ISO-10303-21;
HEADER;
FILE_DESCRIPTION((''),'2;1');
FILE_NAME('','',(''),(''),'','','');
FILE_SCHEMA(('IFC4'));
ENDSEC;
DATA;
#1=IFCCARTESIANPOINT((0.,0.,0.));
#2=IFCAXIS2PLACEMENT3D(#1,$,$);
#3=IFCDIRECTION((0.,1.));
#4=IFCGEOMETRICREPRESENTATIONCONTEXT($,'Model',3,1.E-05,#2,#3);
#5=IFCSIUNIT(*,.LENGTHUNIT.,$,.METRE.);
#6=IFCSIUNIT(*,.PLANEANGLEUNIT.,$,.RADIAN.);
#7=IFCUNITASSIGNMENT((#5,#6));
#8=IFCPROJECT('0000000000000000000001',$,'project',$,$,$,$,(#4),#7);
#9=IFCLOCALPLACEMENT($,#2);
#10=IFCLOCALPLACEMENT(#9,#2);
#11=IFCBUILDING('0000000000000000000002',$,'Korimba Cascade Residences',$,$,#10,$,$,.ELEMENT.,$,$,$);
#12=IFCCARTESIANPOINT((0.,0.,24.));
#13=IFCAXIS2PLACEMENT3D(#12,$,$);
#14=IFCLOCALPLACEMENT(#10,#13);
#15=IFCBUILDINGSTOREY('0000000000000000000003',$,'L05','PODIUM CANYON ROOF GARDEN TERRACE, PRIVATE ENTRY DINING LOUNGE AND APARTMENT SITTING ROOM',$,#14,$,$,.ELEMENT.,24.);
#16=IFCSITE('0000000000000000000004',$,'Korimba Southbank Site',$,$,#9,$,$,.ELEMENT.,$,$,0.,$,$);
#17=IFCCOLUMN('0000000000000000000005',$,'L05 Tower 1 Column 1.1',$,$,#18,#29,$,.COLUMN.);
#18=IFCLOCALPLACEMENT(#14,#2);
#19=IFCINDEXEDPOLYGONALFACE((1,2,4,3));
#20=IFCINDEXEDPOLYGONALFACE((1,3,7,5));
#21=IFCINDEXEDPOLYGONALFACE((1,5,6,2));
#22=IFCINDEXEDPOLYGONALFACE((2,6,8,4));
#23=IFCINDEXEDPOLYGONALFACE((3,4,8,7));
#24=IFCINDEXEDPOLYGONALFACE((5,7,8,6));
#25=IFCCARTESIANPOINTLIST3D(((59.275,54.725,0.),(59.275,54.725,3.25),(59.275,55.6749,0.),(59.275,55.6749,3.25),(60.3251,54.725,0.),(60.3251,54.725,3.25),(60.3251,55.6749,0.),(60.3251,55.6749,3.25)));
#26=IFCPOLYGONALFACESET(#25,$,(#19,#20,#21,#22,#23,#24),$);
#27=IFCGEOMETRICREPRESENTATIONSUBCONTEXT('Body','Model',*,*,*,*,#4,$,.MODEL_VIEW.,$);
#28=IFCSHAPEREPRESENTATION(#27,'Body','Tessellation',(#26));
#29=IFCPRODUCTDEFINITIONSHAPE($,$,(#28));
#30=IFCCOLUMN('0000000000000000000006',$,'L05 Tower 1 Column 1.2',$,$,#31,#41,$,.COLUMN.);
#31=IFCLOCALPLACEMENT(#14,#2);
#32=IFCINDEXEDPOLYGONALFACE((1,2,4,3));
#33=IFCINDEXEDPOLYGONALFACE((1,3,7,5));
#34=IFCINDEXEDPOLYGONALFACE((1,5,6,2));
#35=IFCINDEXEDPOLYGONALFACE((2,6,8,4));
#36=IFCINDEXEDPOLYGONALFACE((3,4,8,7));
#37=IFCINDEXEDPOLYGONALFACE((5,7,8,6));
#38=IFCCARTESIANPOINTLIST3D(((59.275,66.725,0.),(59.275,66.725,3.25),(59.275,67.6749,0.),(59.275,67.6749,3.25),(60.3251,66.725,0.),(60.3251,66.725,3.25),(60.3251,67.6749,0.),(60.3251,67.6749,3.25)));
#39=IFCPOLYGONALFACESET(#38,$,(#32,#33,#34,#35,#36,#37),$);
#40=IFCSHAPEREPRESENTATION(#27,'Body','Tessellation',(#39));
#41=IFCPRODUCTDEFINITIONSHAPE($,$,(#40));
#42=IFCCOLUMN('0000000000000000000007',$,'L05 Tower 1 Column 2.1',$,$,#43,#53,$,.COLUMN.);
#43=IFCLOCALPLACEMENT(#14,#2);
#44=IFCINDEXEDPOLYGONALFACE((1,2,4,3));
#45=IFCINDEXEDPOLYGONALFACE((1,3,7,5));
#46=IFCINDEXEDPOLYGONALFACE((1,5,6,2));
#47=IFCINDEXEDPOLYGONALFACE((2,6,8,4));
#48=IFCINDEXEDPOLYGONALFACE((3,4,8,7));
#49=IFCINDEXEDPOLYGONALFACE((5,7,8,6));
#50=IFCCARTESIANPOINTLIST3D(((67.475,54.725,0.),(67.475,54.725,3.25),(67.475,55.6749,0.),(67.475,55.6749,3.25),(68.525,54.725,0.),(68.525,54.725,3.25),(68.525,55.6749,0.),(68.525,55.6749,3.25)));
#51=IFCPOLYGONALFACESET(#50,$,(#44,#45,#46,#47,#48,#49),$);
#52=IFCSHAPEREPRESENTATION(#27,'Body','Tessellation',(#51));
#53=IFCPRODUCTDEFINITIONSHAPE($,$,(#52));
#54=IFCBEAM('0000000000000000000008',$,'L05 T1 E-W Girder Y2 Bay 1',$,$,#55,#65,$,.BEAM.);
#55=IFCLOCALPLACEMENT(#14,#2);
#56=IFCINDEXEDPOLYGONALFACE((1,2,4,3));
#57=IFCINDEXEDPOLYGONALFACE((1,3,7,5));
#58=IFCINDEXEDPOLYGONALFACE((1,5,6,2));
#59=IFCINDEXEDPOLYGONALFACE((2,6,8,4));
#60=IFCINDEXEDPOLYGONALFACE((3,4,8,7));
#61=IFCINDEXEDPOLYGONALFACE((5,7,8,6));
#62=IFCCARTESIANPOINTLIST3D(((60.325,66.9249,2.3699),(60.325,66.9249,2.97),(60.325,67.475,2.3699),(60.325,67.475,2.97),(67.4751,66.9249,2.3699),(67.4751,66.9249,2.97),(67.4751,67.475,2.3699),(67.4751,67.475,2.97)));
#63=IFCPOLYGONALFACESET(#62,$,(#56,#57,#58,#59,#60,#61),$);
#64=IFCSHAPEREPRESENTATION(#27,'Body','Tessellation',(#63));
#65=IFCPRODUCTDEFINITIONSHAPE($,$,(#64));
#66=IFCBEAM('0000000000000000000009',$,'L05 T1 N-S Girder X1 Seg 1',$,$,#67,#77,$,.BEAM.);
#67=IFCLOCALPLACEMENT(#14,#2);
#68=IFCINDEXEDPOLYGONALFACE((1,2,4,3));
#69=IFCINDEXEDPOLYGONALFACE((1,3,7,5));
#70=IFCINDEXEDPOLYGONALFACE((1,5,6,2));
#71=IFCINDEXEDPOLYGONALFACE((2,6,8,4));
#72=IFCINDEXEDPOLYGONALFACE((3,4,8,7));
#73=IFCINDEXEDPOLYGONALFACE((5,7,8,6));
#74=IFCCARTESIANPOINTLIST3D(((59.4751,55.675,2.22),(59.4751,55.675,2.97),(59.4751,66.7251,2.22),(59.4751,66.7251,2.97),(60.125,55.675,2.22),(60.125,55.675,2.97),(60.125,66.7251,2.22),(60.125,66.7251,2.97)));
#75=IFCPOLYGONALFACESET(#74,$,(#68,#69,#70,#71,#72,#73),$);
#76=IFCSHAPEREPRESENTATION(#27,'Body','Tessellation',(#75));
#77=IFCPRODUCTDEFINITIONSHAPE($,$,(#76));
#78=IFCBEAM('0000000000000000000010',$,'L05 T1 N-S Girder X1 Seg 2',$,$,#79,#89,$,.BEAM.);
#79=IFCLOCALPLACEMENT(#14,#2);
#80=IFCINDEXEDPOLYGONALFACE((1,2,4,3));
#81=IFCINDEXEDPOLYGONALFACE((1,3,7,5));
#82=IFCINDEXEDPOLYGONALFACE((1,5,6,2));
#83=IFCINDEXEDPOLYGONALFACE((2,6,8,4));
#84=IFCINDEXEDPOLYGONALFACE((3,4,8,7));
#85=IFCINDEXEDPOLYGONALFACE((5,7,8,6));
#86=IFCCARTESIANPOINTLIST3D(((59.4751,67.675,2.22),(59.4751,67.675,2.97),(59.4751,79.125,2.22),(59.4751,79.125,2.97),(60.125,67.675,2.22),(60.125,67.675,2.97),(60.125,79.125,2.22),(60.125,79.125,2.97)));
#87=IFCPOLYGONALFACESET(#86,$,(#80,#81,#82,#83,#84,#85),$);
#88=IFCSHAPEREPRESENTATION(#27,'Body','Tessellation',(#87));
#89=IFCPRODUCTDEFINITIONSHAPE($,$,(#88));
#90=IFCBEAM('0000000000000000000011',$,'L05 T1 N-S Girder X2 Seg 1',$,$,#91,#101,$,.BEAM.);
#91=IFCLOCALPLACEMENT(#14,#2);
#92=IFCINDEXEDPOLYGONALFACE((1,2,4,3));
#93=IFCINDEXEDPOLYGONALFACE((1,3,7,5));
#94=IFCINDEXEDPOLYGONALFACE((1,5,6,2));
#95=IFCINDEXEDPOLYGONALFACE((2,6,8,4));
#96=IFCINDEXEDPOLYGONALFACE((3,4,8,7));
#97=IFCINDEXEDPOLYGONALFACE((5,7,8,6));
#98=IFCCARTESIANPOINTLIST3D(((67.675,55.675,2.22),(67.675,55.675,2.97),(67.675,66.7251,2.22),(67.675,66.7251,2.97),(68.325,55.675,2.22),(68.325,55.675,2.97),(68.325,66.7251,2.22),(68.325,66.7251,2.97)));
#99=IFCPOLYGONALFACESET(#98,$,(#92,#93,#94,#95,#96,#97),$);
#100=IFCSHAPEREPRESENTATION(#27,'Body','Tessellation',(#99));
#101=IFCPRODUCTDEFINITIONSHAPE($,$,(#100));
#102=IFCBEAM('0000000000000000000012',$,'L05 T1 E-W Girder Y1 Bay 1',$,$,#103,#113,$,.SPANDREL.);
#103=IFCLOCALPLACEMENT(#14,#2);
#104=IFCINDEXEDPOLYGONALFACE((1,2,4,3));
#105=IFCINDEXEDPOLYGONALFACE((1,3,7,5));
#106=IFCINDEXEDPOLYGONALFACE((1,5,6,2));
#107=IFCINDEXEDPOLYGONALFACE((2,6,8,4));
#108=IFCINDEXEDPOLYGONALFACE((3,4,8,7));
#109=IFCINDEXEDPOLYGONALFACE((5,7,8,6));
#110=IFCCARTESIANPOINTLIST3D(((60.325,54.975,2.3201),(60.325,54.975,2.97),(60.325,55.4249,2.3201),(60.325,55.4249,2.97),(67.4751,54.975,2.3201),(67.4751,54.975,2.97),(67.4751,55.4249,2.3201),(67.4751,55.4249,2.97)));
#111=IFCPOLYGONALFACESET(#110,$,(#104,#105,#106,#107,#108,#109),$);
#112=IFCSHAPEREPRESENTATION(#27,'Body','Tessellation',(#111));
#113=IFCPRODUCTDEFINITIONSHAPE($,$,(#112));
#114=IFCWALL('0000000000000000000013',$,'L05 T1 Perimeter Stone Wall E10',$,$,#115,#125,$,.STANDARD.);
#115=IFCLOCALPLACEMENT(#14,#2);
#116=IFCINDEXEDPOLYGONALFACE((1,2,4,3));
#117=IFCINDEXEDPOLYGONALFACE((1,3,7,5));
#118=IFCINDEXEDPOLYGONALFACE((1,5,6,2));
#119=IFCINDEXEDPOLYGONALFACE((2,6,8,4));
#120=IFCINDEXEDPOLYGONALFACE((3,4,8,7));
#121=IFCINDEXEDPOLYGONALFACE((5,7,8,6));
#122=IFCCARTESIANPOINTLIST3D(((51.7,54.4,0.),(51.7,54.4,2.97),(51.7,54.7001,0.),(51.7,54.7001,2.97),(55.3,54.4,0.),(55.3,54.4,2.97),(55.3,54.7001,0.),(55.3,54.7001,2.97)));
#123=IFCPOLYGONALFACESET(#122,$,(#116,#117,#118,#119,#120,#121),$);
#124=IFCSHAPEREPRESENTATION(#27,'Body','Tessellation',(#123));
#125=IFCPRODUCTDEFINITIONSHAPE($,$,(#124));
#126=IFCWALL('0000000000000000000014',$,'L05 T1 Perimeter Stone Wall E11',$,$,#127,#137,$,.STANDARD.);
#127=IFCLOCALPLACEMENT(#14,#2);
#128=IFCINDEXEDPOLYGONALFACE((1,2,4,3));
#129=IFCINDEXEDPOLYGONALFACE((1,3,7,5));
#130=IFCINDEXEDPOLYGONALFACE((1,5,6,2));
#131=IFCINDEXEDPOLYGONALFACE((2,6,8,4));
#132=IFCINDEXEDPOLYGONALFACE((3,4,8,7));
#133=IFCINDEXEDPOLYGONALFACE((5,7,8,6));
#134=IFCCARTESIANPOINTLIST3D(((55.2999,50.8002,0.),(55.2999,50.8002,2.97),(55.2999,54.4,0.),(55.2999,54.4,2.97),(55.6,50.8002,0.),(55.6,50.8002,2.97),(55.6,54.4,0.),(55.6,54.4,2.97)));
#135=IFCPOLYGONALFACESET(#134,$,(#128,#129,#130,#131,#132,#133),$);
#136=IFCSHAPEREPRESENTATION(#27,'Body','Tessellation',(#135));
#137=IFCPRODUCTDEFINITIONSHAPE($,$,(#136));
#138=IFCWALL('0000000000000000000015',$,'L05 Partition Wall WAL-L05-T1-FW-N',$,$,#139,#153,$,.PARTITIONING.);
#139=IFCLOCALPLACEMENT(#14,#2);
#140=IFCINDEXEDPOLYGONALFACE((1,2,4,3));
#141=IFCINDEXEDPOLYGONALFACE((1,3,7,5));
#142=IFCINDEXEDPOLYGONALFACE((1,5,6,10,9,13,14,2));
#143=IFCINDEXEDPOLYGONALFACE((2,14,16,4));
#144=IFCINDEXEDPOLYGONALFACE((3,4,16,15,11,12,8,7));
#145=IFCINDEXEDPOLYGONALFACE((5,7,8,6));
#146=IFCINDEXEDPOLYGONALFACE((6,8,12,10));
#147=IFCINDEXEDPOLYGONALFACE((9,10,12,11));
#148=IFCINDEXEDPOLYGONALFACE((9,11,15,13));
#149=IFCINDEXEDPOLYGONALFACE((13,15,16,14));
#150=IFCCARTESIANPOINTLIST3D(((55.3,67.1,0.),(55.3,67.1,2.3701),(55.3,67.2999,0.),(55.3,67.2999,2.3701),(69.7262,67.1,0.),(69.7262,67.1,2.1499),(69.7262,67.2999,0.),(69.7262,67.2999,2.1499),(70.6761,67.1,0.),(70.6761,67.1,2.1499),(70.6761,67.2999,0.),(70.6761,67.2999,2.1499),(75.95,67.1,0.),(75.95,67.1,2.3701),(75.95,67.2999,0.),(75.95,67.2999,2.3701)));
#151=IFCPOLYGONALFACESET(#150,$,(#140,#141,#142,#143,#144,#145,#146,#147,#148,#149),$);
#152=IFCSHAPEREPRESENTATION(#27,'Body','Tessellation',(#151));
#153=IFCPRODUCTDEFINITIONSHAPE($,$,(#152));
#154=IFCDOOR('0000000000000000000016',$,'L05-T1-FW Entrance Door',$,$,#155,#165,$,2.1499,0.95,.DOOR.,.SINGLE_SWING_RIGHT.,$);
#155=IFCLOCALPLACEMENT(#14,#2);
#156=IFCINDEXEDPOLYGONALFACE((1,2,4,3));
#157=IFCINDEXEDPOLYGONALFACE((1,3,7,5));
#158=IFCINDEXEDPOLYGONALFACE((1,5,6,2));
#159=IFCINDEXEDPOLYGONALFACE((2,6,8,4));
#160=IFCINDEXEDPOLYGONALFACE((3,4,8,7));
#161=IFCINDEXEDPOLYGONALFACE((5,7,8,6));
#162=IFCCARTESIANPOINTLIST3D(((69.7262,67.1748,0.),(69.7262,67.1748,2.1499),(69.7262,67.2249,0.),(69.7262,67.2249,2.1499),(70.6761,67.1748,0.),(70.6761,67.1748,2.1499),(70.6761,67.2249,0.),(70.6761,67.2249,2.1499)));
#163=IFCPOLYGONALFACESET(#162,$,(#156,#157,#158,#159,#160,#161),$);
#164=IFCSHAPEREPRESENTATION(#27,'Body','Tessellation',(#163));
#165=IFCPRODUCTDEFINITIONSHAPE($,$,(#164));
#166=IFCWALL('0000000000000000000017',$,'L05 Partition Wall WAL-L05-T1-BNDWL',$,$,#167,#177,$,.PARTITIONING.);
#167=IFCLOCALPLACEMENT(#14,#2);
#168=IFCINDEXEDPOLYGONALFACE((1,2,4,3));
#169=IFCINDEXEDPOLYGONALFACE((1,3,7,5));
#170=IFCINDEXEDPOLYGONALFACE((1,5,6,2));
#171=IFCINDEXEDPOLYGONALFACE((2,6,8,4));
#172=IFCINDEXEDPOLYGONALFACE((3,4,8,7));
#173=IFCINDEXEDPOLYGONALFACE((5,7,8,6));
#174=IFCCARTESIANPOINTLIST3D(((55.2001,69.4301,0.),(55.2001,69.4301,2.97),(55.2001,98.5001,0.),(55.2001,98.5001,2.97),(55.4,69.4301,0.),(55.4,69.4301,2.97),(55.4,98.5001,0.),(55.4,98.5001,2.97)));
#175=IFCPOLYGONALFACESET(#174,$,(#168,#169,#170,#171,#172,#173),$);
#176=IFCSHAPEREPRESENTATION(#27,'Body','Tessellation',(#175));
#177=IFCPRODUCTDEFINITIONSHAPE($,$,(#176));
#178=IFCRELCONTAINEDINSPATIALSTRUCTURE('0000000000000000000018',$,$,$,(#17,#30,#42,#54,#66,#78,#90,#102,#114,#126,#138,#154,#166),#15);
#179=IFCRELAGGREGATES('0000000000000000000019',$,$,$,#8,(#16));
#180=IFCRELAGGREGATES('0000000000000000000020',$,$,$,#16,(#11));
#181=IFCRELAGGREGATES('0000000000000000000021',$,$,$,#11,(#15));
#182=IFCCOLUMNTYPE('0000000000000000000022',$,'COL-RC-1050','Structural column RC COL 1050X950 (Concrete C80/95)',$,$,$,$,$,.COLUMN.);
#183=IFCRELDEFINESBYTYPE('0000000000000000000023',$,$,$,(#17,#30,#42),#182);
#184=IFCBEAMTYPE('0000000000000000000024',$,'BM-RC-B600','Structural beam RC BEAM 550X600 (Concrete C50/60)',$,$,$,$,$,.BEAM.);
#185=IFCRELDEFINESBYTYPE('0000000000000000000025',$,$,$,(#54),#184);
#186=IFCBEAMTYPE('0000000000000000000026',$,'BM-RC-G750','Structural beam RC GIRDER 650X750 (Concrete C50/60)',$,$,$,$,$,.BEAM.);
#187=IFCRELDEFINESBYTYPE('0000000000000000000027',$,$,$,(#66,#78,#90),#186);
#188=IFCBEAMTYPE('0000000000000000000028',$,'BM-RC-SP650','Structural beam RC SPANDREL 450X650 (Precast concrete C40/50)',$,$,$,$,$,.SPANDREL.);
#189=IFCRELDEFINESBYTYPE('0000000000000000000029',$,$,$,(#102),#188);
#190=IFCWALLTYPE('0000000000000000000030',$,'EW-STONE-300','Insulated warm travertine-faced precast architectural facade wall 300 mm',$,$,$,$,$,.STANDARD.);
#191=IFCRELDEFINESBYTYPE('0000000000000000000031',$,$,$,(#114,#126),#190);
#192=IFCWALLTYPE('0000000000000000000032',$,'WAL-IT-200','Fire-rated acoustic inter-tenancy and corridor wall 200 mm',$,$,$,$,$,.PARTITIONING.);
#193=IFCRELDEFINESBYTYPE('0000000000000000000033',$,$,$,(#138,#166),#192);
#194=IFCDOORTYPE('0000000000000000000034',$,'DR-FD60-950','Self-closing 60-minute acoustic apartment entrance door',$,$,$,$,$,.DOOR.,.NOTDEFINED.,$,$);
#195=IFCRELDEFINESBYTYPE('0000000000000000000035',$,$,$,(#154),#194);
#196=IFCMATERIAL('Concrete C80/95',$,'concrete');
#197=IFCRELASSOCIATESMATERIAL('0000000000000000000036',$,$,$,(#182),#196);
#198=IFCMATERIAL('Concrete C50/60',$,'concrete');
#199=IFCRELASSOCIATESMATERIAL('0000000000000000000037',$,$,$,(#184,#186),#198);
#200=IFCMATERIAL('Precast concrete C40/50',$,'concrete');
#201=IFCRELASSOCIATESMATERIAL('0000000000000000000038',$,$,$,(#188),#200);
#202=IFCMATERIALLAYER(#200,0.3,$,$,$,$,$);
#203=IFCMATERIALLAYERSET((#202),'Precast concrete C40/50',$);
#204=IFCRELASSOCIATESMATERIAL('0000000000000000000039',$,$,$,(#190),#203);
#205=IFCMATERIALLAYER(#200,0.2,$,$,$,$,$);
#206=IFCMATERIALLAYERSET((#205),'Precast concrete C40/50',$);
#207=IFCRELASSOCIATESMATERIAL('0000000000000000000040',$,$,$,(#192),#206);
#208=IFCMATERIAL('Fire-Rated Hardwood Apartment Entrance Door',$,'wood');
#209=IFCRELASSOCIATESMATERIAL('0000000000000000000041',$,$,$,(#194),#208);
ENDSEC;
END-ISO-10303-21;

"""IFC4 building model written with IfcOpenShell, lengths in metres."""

from ifc_helpers import new_model, si_unit, direction, frame, frame_2d, origin, origin_2d, place, context, subcontext, project, spatial, rectangle, extrude, material, layer, layer_set, material_profile, profile_set, type_object, element, fill, save


model = new_model("IFC4")

# Units and contexts
model_context = context("Model", 3, precision=1e-05, world=origin(), true_north=direction((0.0, 1.0)))
body_context = subcontext(model_context, "Body", "Model", "MODEL_VIEW")
ifc_project = project(units=[si_unit("LENGTHUNIT", "METRE"), si_unit("PLANEANGLEUNIT", "RADIAN")], contexts=[model_context])

# Site, building, storey
site_placement = place(None, origin())
site = spatial("IfcSite", under=ifc_project, at=site_placement, Name="Korimba Southbank Site", CompositionType="ELEMENT", RefElevation=0.0)
building_placement = place(site_placement, origin())
building = spatial("IfcBuilding", under=site, at=building_placement, Name="Korimba Cascade Residences", CompositionType="ELEMENT")
storey_placement = place(building_placement, frame((0.0, 0.0, 24.0)))
storey = spatial("IfcBuildingStorey", under=building, at=storey_placement, Name="L05", Description="PODIUM CANYON ROOF GARDEN TERRACE, PRIVATE ENTRY DINING LOUNGE AND APARTMENT SITTING ROOM", CompositionType="ELEMENT", Elevation=24.0)

# Columns
ifc_material_1 = material(Name="Concrete C80/95", Category="concrete")
ifc_material_profile_1 = material_profile(ifc_material_1, rectangle(XDim=1.05, YDim=0.95, at=origin_2d()), Name="Concrete C80/95")
ifc_profile_set_1 = profile_set([ifc_material_profile_1], Name="Concrete C80/95")
column_type = type_object("IfcColumnType", Name="COL-RC-1050", Description="Structural column RC COL 1050X950 (Concrete C80/95)", PredefinedType="COLUMN", material=ifc_profile_set_1)
for number, where, z_axis, x_axis, name in (
    (1, (59.8, 55.2, 0.0), (0.0, 0.0, 1.0), (1.0, 0.0, 0.0), "L05 Tower 1 Column 1.1"),
    (2, (59.8, 67.2, 0.0), (0.0, 0.0, 1.0), (1.0, 0.0, 0.0), "L05 Tower 1 Column 1.2"),
    (3, (68.0, 55.2, 0.0), (0.0, 0.0, 1.0), (1.0, 0.0, 0.0), "L05 Tower 1 Column 2.1"),
):
    element("IfcColumn", number, at=place(storey_placement, frame(where, z_axis=z_axis, x_axis=x_axis)), inside=storey, type_object=column_type, Name=name, PredefinedType="COLUMN", context=body_context, shape_type="SweptSolid", body=[
        extrude(rectangle(XDim=1.05, YDim=0.95, at=origin_2d()), origin(), (0.0, 0.0, 1.0), 3.25),
    ])

# Beams
ifc_material_2 = material(Name="Concrete C50/60", Category="concrete")
ifc_material_profile_2 = material_profile(ifc_material_2, rectangle(XDim=0.55, YDim=0.6001, at=origin_2d()), Name="Concrete C50/60")
ifc_profile_set_2 = profile_set([ifc_material_profile_2], Name="Concrete C50/60")
beam_type_1 = type_object("IfcBeamType", Name="BM-RC-B600", Description="Structural beam RC BEAM 550X600 (Concrete C50/60)", PredefinedType="BEAM", material=ifc_profile_set_2)
beam_1_placement = place(storey_placement, frame((60.325, 67.2, 2.6699), z_axis=(1.0, 0.0, 0.0), x_axis=(0.0, 1.0, 0.0)))
element("IfcBeam", 4, at=beam_1_placement, inside=storey, type_object=beam_type_1, Name="L05 T1 E-W Girder Y2 Bay 1", PredefinedType="BEAM", context=body_context, shape_type="SweptSolid", body=[
    extrude(rectangle(XDim=0.55, YDim=0.6001, at=origin_2d()), origin(), (0.0, 0.0, 1.0), 7.1501),
])
ifc_material_profile_3 = material_profile(ifc_material_2, rectangle(XDim=0.6499, YDim=0.75, at=origin_2d()), Name="Concrete C50/60")
ifc_profile_set_3 = profile_set([ifc_material_profile_3], Name="Concrete C50/60")
beam_type_2 = type_object("IfcBeamType", Name="BM-RC-G750", Description="Structural beam RC GIRDER 650X750 (Concrete C50/60)", PredefinedType="BEAM", material=ifc_profile_set_3)
beam_2_placement = place(storey_placement, frame((59.8, 55.675, 2.595), z_axis=(0.0, 1.0, 0.0), x_axis=(-1.0, 0.0, 0.0)))
element("IfcBeam", 5, at=beam_2_placement, inside=storey, type_object=beam_type_2, Name="L05 T1 N-S Girder X1 Seg 1", PredefinedType="BEAM", context=body_context, shape_type="SweptSolid", body=[
    extrude(rectangle(XDim=0.6499, YDim=0.75, at=origin_2d()), origin(), (0.0, 0.0, 1.0), 11.05),
])
beam_3_placement = place(storey_placement, frame((59.8, 67.675, 2.595), z_axis=(0.0, 1.0, 0.0), x_axis=(-1.0, 0.0, 0.0)))
element("IfcBeam", 6, at=beam_3_placement, inside=storey, type_object=beam_type_2, Name="L05 T1 N-S Girder X1 Seg 2", PredefinedType="BEAM", context=body_context, shape_type="SweptSolid", body=[
    extrude(rectangle(XDim=0.6499, YDim=0.75, at=origin_2d()), origin(), (0.0, 0.0, 1.0), 11.45),
])
beam_4_placement = place(storey_placement, frame((68.0, 55.675, 2.595), z_axis=(0.0, 1.0, 0.0), x_axis=(-1.0, 0.0, 0.0)))
element("IfcBeam", 7, at=beam_4_placement, inside=storey, type_object=beam_type_2, Name="L05 T1 N-S Girder X2 Seg 1", PredefinedType="BEAM", context=body_context, shape_type="SweptSolid", body=[
    extrude(rectangle(XDim=0.6499, YDim=0.75, at=origin_2d()), origin(), (0.0, 0.0, 1.0), 11.05),
])
ifc_material_3 = material(Name="Precast concrete C40/50", Category="concrete")
ifc_material_profile_4 = material_profile(ifc_material_3, rectangle(XDim=0.45, YDim=0.6499, at=origin_2d()), Name="Precast concrete C40/50")
ifc_profile_set_4 = profile_set([ifc_material_profile_4], Name="Precast concrete C40/50")
beam_type_3 = type_object("IfcBeamType", Name="BM-RC-SP650", Description="Structural beam RC SPANDREL 450X650 (Precast concrete C40/50)", PredefinedType="SPANDREL", material=ifc_profile_set_4)
beam_5_placement = place(storey_placement, frame((60.325, 55.2, 2.645), z_axis=(1.0, 0.0, 0.0), x_axis=(0.0, 1.0, 0.0)))
element("IfcBeam", 8, at=beam_5_placement, inside=storey, type_object=beam_type_3, Name="L05 T1 E-W Girder Y1 Bay 1", PredefinedType="SPANDREL", context=body_context, shape_type="SweptSolid", body=[
    extrude(rectangle(XDim=0.45, YDim=0.6499, at=origin_2d()), origin(), (0.0, 0.0, 1.0), 7.1501),
])

# Walls
ifc_layer_1 = layer(ifc_material_3, 0.3)
ifc_layer_set_1 = layer_set([ifc_layer_1], Name="Precast concrete C40/50")
wall_type_1 = type_object("IfcWallType", Name="EW-STONE-300", Description="Insulated warm travertine-faced precast architectural facade wall 300 mm", PredefinedType="STANDARD", material=ifc_layer_set_1)
wall_1_placement = place(storey_placement, frame((51.7, 54.55, 0.0), z_axis=(0.0, 0.0, 1.0), x_axis=(1.0, 0.0, 0.0)))
element("IfcWall", 9, at=wall_1_placement, inside=storey, type_object=wall_type_1, Name="L05 T1 Perimeter Stone Wall E10", PredefinedType="STANDARD", context=body_context, shape_type="SweptSolid", body=[
    extrude(rectangle(XDim=3.6001, YDim=0.3, at=frame_2d((1.8, 0.0))), origin(), (0.0, 0.0, 1.0), 2.97),
])
wall_2_placement = place(storey_placement, frame((55.45, 54.3999, 0.0), z_axis=(0.0, 0.0, 1.0), x_axis=(0.0, -1.0, 0.0)))
element("IfcWall", 10, at=wall_2_placement, inside=storey, type_object=wall_type_1, Name="L05 T1 Perimeter Stone Wall E11", PredefinedType="STANDARD", context=body_context, shape_type="SweptSolid", body=[
    extrude(rectangle(XDim=3.5999, YDim=0.3, at=frame_2d((1.7998, 0.0))), origin(), (0.0, 0.0, 1.0), 2.97),
])

# Wall, opening, door
ifc_layer_2 = layer(ifc_material_3, 0.2)
ifc_layer_set_2 = layer_set([ifc_layer_2], Name="Precast concrete C40/50")
wall_type_2 = type_object("IfcWallType", Name="WAL-IT-200", Description="Fire-rated acoustic inter-tenancy and corridor wall 200 mm", PredefinedType="PARTITIONING", material=ifc_layer_set_2)
wall_3_placement = place(storey_placement, frame((55.3, 67.2, 0.0), z_axis=(0.0, 0.0, 1.0), x_axis=(1.0, 0.0, 0.0)))
wall_3 = element("IfcWall", 11, at=wall_3_placement, inside=storey, type_object=wall_type_2, Name="L05 Partition Wall WAL-L05-T1-FW-N", PredefinedType="PARTITIONING", context=body_context, shape_type="SweptSolid", body=[
    extrude(rectangle(XDim=20.6499, YDim=0.2, at=frame_2d((10.325, 0.0))), origin(), (0.0, 0.0, 1.0), 2.3701),
])
opening_1_placement = place(wall_3_placement, frame((14.426, 0.0, 0.0)))
opening_1 = element("IfcOpeningElement", 12, at=opening_1_placement, cuts=wall_3, PredefinedType="OPENING", context=body_context, shape_type="SweptSolid", body=[
    extrude(rectangle(XDim=0.95, YDim=2.1499, at=frame_2d((0.4751, 1.075))), frame((0.0, 0.1099, 0.0), z_axis=(0.0, -1.0, 0.0), x_axis=(1.0, 0.0, 0.0)), (0.0, 0.0, 1.0), 0.22),
])
ifc_material_4 = material(Name="Fire-Rated Hardwood Apartment Entrance Door", Category="wood")
door_type_1 = type_object("IfcDoorType", Name="DR-FD60-950", Description="Self-closing 60-minute acoustic apartment entrance door", OperationType="NOTDEFINED", PredefinedType="DOOR", material=ifc_material_4)
door_1_placement = place(opening_1_placement, origin())
door_1 = element("IfcDoor", 13, at=door_1_placement, inside=storey, type_object=door_type_1, Name="L05-T1-FW Entrance Door", OperationType="SINGLE_SWING_RIGHT", OverallHeight=2.1499, OverallWidth=0.95, PredefinedType="DOOR", context=body_context, shape_type="SweptSolid", body=[
    extrude(rectangle(XDim=0.95, YDim=2.1499, at=frame_2d((0.4751, 1.075))), frame((0.0, 0.0249, 0.0), z_axis=(0.0, -1.0, 0.0), x_axis=(1.0, 0.0, 0.0)), (0.0, 0.0, 1.0), 0.05),
])
fill(opening_1, door_1)

# Wall
wall_4_placement = place(storey_placement, frame((55.3, 69.4299, 0.0), z_axis=(0.0, 0.0, 1.0), x_axis=(0.0, 1.0, 0.0)))
element("IfcWall", 14, at=wall_4_placement, inside=storey, type_object=wall_type_2, Name="L05 Partition Wall WAL-L05-T1-BNDWL", PredefinedType="PARTITIONING", context=body_context, shape_type="SweptSolid", body=[
    extrude(rectangle(XDim=29.0701, YDim=0.2, at=frame_2d((14.5352, 0.0))), origin(), (0.0, 0.0, 1.0), 2.97),
])

save(model, "model.ifc")
